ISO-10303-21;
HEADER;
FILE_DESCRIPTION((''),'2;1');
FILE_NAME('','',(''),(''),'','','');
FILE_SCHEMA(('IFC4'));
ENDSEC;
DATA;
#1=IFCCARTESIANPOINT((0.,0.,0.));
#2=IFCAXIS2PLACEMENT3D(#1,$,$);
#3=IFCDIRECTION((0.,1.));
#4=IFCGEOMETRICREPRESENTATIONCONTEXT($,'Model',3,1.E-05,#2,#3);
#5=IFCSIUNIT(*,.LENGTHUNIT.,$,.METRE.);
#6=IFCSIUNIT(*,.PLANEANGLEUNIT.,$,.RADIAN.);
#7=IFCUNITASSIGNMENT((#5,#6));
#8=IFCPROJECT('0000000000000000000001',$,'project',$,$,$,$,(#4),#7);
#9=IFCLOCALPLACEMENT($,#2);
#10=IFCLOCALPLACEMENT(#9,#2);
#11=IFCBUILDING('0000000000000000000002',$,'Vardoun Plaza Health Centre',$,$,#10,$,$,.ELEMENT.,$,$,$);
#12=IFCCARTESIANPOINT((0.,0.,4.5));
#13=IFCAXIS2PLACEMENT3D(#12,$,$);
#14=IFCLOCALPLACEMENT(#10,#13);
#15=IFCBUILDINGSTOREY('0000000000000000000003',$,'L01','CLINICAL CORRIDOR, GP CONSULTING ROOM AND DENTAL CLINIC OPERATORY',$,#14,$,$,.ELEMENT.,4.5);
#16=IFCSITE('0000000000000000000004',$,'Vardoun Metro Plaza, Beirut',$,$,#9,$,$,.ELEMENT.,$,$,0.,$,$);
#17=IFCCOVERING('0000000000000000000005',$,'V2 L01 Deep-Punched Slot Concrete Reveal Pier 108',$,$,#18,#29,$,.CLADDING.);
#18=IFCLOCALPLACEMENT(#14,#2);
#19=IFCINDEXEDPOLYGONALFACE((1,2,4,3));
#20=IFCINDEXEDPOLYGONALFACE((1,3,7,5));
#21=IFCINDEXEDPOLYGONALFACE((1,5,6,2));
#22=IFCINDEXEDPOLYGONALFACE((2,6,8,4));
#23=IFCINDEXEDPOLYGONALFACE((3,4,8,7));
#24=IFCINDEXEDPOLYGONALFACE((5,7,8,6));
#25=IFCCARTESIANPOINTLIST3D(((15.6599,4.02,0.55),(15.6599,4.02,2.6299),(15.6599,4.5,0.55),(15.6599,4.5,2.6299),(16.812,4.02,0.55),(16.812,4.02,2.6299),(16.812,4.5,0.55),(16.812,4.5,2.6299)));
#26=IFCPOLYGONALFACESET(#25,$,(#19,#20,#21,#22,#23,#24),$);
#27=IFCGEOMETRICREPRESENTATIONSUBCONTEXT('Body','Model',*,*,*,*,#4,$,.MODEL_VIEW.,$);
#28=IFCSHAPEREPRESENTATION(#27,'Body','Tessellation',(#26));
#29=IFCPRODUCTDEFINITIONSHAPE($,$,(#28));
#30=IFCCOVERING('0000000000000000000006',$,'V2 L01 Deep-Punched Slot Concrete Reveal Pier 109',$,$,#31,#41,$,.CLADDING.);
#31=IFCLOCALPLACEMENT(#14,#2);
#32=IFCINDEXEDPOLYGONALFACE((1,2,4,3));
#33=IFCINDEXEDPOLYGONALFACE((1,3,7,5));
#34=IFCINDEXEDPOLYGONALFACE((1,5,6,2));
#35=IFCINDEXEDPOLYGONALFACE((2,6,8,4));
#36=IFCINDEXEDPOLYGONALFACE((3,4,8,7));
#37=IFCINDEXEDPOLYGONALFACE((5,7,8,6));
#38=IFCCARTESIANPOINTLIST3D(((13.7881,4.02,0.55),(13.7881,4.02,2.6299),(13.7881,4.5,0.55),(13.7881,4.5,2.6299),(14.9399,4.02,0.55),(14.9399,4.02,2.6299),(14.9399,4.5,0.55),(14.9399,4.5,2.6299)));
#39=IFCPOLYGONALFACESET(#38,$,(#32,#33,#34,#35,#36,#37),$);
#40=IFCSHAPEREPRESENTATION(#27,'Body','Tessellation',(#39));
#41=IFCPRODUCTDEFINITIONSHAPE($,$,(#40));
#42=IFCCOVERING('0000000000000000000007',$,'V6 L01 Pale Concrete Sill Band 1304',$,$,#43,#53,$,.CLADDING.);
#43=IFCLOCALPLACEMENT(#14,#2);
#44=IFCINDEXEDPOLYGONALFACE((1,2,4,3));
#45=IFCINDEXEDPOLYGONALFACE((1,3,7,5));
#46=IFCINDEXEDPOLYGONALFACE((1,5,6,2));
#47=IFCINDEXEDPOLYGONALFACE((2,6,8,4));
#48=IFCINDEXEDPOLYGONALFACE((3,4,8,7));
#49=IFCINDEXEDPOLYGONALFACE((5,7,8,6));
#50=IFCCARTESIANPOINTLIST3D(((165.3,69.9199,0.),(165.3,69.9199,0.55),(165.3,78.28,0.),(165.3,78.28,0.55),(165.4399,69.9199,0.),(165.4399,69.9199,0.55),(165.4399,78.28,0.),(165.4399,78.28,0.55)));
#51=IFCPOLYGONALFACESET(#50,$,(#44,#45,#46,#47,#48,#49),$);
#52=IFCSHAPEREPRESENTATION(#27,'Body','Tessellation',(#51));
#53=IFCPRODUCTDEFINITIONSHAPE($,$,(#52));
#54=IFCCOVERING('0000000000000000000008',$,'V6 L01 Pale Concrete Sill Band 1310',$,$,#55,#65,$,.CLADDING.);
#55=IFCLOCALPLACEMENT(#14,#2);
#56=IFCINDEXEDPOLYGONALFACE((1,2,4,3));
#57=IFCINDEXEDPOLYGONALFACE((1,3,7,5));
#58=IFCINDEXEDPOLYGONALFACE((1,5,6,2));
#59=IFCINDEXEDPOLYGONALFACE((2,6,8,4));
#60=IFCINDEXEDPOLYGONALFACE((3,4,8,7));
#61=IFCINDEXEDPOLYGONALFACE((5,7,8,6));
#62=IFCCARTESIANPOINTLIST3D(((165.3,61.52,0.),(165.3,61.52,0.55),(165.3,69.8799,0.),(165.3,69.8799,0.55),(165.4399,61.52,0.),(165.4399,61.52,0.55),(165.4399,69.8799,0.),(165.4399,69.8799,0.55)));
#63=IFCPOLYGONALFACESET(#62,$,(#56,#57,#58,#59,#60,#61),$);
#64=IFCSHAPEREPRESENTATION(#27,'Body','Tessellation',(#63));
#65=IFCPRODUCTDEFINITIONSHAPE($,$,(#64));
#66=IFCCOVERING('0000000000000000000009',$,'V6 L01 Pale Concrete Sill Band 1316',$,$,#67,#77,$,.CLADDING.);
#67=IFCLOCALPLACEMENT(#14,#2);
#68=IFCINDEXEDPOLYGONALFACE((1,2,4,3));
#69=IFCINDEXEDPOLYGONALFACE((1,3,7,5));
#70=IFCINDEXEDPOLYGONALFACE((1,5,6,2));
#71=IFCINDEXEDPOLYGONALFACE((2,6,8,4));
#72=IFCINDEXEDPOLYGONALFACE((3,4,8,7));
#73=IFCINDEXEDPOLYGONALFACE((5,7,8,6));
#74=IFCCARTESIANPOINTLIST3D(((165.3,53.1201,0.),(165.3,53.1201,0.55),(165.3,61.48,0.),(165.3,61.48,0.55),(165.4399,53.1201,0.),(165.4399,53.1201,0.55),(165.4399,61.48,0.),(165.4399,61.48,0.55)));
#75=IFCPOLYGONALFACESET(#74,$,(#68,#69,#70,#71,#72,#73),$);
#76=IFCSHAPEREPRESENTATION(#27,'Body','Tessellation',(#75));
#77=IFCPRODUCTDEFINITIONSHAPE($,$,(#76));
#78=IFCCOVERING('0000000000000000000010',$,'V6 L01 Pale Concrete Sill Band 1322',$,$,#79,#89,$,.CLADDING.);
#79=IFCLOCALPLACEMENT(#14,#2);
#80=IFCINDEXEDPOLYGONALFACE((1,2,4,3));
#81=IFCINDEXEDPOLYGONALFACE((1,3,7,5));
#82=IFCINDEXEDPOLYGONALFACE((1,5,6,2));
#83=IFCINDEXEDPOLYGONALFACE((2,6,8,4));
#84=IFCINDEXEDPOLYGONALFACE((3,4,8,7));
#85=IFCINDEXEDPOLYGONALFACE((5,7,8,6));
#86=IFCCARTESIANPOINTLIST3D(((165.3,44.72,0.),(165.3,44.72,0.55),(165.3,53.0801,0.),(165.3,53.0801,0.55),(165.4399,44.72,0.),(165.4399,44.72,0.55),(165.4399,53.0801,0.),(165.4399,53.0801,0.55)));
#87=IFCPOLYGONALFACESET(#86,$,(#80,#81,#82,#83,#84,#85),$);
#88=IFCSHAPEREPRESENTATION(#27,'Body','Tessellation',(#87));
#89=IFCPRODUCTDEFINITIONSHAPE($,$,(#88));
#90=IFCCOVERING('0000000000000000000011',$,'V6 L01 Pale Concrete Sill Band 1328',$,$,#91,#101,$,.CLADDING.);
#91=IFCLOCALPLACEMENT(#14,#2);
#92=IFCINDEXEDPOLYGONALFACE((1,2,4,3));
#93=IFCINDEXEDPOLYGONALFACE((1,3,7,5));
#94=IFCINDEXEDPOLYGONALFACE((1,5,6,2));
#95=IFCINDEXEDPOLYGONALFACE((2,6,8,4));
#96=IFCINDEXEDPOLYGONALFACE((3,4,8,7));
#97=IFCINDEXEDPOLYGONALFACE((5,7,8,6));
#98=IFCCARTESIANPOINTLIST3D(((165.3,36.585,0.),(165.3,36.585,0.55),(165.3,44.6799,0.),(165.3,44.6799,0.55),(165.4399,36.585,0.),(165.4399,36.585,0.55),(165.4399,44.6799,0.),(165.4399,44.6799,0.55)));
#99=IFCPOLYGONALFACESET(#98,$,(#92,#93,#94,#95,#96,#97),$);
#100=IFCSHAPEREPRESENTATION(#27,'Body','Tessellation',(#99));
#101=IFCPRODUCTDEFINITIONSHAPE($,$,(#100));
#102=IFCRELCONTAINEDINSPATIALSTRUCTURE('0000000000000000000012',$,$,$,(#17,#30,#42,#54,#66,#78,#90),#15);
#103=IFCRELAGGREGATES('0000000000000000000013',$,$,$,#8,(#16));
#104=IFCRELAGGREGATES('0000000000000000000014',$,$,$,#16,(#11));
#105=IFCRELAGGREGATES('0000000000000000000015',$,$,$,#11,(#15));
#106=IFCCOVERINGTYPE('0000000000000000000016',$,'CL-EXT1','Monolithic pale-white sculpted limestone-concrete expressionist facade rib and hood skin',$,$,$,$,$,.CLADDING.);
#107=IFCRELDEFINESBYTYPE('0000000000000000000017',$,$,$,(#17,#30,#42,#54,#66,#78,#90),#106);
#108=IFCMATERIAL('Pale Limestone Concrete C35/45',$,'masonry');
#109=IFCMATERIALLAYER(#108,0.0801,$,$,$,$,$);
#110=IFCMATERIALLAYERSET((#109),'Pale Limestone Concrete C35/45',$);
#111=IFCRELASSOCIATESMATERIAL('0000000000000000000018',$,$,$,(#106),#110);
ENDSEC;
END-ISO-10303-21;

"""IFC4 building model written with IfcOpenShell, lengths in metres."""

from ifc_helpers import new_model, si_unit, direction, frame, origin, place, context, subcontext, project, spatial, polyline, outline, extrude, material, layer, layer_set, type_object, element, save


model = new_model("IFC4")

# Units and contexts
model_context = context("Model", 3, precision=1e-05, world=origin(), true_north=direction((0.0, 1.0)))
body_context = subcontext(model_context, "Body", "Model", "MODEL_VIEW")
ifc_project = project(units=[si_unit("LENGTHUNIT", "METRE"), si_unit("PLANEANGLEUNIT", "RADIAN")], contexts=[model_context])

# Site, building, storey
site_placement = place(None, origin())
site = spatial("IfcSite", under=ifc_project, at=site_placement, Name="Vardoun Metro Plaza, Beirut", CompositionType="ELEMENT", RefElevation=0.0)
building_placement = place(site_placement, origin())
building = spatial("IfcBuilding", under=site, at=building_placement, Name="Vardoun Plaza Health Centre", CompositionType="ELEMENT")
storey_placement = place(building_placement, frame((0.0, 0.0, 4.5)))
storey = spatial("IfcBuildingStorey", under=building, at=storey_placement, Name="L01", Description="CLINICAL CORRIDOR, GP CONSULTING ROOM AND DENTAL CLINIC OPERATORY", CompositionType="ELEMENT", Elevation=4.5)

# Coverings
ifc_material = material(Name="Pale Limestone Concrete C35/45", Category="masonry")
ifc_layer = layer(ifc_material, 0.0801)
ifc_layer_set = layer_set([ifc_layer], Name="Pale Limestone Concrete C35/45")
covering_type = type_object("IfcCoveringType", Name="CL-EXT1", Description="Monolithic pale-white sculpted limestone-concrete expressionist facade rib and hood skin", PredefinedType="CLADDING", material=ifc_layer_set)
covering_1_placement = place(storey_placement, frame((0.0, 0.0, 0.55)))
element("IfcCovering", 1, at=covering_1_placement, inside=storey, type_object=covering_type, Name="V2 L01 Deep-Punched Slot Concrete Reveal Pier 108", PredefinedType="CLADDING", context=body_context, shape_type="SweptSolid", body=[
    extrude(outline(polyline([(16.812, 4.5), (15.6599, 4.5), (15.6599, 4.02), (16.812, 4.02), (16.812, 4.5)])), origin(), (0.0, 0.0, 1.0), 2.0798),
])
covering_2_placement = place(storey_placement, frame((0.0, 0.0, 0.55)))
element("IfcCovering", 2, at=covering_2_placement, inside=storey, type_object=covering_type, Name="V2 L01 Deep-Punched Slot Concrete Reveal Pier 109", PredefinedType="CLADDING", context=body_context, shape_type="SweptSolid", body=[
    extrude(outline(polyline([(14.9399, 4.5), (13.7881, 4.5), (13.7881, 4.02), (14.9399, 4.02), (14.9399, 4.5)])), origin(), (0.0, 0.0, 1.0), 2.0798),
])
covering_3_placement = place(storey_placement, origin())
element("IfcCovering", 3, at=covering_3_placement, inside=storey, type_object=covering_type, Name="V6 L01 Pale Concrete Sill Band 1304", PredefinedType="CLADDING", context=body_context, shape_type="SweptSolid", body=[
    extrude(outline(polyline([(165.3, 78.28), (165.3, 69.9199), (165.4399, 69.9199), (165.4399, 78.28), (165.3, 78.28)])), origin(), (0.0, 0.0, 1.0), 0.55),
])
covering_4_placement = place(storey_placement, origin())
element("IfcCovering", 4, at=covering_4_placement, inside=storey, type_object=covering_type, Name="V6 L01 Pale Concrete Sill Band 1310", PredefinedType="CLADDING", context=body_context, shape_type="SweptSolid", body=[
    extrude(outline(polyline([(165.3, 69.8799), (165.3, 61.52), (165.4399, 61.52), (165.4399, 69.8799), (165.3, 69.8799)])), origin(), (0.0, 0.0, 1.0), 0.55),
])
covering_5_placement = place(storey_placement, origin())
element("IfcCovering", 5, at=covering_5_placement, inside=storey, type_object=covering_type, Name="V6 L01 Pale Concrete Sill Band 1316", PredefinedType="CLADDING", context=body_context, shape_type="SweptSolid", body=[
    extrude(outline(polyline([(165.3, 61.48), (165.3, 53.1201), (165.4399, 53.1201), (165.4399, 61.48), (165.3, 61.48)])), origin(), (0.0, 0.0, 1.0), 0.55),
])
covering_6_placement = place(storey_placement, origin())
element("IfcCovering", 6, at=covering_6_placement, inside=storey, type_object=covering_type, Name="V6 L01 Pale Concrete Sill Band 1322", PredefinedType="CLADDING", context=body_context, shape_type="SweptSolid", body=[
    extrude(outline(polyline([(165.3, 53.0801), (165.3, 44.72), (165.4399, 44.72), (165.4399, 53.0801), (165.3, 53.0801)])), origin(), (0.0, 0.0, 1.0), 0.55),
])
covering_7_placement = place(storey_placement, origin())
element("IfcCovering", 7, at=covering_7_placement, inside=storey, type_object=covering_type, Name="V6 L01 Pale Concrete Sill Band 1328", PredefinedType="CLADDING", context=body_context, shape_type="SweptSolid", body=[
    extrude(outline(polyline([(165.3, 44.6799), (165.3, 36.585), (165.4399, 36.585), (165.4399, 44.6799), (165.3, 44.6799)])), origin(), (0.0, 0.0, 1.0), 0.55),
])

save(model, "model.ifc")
